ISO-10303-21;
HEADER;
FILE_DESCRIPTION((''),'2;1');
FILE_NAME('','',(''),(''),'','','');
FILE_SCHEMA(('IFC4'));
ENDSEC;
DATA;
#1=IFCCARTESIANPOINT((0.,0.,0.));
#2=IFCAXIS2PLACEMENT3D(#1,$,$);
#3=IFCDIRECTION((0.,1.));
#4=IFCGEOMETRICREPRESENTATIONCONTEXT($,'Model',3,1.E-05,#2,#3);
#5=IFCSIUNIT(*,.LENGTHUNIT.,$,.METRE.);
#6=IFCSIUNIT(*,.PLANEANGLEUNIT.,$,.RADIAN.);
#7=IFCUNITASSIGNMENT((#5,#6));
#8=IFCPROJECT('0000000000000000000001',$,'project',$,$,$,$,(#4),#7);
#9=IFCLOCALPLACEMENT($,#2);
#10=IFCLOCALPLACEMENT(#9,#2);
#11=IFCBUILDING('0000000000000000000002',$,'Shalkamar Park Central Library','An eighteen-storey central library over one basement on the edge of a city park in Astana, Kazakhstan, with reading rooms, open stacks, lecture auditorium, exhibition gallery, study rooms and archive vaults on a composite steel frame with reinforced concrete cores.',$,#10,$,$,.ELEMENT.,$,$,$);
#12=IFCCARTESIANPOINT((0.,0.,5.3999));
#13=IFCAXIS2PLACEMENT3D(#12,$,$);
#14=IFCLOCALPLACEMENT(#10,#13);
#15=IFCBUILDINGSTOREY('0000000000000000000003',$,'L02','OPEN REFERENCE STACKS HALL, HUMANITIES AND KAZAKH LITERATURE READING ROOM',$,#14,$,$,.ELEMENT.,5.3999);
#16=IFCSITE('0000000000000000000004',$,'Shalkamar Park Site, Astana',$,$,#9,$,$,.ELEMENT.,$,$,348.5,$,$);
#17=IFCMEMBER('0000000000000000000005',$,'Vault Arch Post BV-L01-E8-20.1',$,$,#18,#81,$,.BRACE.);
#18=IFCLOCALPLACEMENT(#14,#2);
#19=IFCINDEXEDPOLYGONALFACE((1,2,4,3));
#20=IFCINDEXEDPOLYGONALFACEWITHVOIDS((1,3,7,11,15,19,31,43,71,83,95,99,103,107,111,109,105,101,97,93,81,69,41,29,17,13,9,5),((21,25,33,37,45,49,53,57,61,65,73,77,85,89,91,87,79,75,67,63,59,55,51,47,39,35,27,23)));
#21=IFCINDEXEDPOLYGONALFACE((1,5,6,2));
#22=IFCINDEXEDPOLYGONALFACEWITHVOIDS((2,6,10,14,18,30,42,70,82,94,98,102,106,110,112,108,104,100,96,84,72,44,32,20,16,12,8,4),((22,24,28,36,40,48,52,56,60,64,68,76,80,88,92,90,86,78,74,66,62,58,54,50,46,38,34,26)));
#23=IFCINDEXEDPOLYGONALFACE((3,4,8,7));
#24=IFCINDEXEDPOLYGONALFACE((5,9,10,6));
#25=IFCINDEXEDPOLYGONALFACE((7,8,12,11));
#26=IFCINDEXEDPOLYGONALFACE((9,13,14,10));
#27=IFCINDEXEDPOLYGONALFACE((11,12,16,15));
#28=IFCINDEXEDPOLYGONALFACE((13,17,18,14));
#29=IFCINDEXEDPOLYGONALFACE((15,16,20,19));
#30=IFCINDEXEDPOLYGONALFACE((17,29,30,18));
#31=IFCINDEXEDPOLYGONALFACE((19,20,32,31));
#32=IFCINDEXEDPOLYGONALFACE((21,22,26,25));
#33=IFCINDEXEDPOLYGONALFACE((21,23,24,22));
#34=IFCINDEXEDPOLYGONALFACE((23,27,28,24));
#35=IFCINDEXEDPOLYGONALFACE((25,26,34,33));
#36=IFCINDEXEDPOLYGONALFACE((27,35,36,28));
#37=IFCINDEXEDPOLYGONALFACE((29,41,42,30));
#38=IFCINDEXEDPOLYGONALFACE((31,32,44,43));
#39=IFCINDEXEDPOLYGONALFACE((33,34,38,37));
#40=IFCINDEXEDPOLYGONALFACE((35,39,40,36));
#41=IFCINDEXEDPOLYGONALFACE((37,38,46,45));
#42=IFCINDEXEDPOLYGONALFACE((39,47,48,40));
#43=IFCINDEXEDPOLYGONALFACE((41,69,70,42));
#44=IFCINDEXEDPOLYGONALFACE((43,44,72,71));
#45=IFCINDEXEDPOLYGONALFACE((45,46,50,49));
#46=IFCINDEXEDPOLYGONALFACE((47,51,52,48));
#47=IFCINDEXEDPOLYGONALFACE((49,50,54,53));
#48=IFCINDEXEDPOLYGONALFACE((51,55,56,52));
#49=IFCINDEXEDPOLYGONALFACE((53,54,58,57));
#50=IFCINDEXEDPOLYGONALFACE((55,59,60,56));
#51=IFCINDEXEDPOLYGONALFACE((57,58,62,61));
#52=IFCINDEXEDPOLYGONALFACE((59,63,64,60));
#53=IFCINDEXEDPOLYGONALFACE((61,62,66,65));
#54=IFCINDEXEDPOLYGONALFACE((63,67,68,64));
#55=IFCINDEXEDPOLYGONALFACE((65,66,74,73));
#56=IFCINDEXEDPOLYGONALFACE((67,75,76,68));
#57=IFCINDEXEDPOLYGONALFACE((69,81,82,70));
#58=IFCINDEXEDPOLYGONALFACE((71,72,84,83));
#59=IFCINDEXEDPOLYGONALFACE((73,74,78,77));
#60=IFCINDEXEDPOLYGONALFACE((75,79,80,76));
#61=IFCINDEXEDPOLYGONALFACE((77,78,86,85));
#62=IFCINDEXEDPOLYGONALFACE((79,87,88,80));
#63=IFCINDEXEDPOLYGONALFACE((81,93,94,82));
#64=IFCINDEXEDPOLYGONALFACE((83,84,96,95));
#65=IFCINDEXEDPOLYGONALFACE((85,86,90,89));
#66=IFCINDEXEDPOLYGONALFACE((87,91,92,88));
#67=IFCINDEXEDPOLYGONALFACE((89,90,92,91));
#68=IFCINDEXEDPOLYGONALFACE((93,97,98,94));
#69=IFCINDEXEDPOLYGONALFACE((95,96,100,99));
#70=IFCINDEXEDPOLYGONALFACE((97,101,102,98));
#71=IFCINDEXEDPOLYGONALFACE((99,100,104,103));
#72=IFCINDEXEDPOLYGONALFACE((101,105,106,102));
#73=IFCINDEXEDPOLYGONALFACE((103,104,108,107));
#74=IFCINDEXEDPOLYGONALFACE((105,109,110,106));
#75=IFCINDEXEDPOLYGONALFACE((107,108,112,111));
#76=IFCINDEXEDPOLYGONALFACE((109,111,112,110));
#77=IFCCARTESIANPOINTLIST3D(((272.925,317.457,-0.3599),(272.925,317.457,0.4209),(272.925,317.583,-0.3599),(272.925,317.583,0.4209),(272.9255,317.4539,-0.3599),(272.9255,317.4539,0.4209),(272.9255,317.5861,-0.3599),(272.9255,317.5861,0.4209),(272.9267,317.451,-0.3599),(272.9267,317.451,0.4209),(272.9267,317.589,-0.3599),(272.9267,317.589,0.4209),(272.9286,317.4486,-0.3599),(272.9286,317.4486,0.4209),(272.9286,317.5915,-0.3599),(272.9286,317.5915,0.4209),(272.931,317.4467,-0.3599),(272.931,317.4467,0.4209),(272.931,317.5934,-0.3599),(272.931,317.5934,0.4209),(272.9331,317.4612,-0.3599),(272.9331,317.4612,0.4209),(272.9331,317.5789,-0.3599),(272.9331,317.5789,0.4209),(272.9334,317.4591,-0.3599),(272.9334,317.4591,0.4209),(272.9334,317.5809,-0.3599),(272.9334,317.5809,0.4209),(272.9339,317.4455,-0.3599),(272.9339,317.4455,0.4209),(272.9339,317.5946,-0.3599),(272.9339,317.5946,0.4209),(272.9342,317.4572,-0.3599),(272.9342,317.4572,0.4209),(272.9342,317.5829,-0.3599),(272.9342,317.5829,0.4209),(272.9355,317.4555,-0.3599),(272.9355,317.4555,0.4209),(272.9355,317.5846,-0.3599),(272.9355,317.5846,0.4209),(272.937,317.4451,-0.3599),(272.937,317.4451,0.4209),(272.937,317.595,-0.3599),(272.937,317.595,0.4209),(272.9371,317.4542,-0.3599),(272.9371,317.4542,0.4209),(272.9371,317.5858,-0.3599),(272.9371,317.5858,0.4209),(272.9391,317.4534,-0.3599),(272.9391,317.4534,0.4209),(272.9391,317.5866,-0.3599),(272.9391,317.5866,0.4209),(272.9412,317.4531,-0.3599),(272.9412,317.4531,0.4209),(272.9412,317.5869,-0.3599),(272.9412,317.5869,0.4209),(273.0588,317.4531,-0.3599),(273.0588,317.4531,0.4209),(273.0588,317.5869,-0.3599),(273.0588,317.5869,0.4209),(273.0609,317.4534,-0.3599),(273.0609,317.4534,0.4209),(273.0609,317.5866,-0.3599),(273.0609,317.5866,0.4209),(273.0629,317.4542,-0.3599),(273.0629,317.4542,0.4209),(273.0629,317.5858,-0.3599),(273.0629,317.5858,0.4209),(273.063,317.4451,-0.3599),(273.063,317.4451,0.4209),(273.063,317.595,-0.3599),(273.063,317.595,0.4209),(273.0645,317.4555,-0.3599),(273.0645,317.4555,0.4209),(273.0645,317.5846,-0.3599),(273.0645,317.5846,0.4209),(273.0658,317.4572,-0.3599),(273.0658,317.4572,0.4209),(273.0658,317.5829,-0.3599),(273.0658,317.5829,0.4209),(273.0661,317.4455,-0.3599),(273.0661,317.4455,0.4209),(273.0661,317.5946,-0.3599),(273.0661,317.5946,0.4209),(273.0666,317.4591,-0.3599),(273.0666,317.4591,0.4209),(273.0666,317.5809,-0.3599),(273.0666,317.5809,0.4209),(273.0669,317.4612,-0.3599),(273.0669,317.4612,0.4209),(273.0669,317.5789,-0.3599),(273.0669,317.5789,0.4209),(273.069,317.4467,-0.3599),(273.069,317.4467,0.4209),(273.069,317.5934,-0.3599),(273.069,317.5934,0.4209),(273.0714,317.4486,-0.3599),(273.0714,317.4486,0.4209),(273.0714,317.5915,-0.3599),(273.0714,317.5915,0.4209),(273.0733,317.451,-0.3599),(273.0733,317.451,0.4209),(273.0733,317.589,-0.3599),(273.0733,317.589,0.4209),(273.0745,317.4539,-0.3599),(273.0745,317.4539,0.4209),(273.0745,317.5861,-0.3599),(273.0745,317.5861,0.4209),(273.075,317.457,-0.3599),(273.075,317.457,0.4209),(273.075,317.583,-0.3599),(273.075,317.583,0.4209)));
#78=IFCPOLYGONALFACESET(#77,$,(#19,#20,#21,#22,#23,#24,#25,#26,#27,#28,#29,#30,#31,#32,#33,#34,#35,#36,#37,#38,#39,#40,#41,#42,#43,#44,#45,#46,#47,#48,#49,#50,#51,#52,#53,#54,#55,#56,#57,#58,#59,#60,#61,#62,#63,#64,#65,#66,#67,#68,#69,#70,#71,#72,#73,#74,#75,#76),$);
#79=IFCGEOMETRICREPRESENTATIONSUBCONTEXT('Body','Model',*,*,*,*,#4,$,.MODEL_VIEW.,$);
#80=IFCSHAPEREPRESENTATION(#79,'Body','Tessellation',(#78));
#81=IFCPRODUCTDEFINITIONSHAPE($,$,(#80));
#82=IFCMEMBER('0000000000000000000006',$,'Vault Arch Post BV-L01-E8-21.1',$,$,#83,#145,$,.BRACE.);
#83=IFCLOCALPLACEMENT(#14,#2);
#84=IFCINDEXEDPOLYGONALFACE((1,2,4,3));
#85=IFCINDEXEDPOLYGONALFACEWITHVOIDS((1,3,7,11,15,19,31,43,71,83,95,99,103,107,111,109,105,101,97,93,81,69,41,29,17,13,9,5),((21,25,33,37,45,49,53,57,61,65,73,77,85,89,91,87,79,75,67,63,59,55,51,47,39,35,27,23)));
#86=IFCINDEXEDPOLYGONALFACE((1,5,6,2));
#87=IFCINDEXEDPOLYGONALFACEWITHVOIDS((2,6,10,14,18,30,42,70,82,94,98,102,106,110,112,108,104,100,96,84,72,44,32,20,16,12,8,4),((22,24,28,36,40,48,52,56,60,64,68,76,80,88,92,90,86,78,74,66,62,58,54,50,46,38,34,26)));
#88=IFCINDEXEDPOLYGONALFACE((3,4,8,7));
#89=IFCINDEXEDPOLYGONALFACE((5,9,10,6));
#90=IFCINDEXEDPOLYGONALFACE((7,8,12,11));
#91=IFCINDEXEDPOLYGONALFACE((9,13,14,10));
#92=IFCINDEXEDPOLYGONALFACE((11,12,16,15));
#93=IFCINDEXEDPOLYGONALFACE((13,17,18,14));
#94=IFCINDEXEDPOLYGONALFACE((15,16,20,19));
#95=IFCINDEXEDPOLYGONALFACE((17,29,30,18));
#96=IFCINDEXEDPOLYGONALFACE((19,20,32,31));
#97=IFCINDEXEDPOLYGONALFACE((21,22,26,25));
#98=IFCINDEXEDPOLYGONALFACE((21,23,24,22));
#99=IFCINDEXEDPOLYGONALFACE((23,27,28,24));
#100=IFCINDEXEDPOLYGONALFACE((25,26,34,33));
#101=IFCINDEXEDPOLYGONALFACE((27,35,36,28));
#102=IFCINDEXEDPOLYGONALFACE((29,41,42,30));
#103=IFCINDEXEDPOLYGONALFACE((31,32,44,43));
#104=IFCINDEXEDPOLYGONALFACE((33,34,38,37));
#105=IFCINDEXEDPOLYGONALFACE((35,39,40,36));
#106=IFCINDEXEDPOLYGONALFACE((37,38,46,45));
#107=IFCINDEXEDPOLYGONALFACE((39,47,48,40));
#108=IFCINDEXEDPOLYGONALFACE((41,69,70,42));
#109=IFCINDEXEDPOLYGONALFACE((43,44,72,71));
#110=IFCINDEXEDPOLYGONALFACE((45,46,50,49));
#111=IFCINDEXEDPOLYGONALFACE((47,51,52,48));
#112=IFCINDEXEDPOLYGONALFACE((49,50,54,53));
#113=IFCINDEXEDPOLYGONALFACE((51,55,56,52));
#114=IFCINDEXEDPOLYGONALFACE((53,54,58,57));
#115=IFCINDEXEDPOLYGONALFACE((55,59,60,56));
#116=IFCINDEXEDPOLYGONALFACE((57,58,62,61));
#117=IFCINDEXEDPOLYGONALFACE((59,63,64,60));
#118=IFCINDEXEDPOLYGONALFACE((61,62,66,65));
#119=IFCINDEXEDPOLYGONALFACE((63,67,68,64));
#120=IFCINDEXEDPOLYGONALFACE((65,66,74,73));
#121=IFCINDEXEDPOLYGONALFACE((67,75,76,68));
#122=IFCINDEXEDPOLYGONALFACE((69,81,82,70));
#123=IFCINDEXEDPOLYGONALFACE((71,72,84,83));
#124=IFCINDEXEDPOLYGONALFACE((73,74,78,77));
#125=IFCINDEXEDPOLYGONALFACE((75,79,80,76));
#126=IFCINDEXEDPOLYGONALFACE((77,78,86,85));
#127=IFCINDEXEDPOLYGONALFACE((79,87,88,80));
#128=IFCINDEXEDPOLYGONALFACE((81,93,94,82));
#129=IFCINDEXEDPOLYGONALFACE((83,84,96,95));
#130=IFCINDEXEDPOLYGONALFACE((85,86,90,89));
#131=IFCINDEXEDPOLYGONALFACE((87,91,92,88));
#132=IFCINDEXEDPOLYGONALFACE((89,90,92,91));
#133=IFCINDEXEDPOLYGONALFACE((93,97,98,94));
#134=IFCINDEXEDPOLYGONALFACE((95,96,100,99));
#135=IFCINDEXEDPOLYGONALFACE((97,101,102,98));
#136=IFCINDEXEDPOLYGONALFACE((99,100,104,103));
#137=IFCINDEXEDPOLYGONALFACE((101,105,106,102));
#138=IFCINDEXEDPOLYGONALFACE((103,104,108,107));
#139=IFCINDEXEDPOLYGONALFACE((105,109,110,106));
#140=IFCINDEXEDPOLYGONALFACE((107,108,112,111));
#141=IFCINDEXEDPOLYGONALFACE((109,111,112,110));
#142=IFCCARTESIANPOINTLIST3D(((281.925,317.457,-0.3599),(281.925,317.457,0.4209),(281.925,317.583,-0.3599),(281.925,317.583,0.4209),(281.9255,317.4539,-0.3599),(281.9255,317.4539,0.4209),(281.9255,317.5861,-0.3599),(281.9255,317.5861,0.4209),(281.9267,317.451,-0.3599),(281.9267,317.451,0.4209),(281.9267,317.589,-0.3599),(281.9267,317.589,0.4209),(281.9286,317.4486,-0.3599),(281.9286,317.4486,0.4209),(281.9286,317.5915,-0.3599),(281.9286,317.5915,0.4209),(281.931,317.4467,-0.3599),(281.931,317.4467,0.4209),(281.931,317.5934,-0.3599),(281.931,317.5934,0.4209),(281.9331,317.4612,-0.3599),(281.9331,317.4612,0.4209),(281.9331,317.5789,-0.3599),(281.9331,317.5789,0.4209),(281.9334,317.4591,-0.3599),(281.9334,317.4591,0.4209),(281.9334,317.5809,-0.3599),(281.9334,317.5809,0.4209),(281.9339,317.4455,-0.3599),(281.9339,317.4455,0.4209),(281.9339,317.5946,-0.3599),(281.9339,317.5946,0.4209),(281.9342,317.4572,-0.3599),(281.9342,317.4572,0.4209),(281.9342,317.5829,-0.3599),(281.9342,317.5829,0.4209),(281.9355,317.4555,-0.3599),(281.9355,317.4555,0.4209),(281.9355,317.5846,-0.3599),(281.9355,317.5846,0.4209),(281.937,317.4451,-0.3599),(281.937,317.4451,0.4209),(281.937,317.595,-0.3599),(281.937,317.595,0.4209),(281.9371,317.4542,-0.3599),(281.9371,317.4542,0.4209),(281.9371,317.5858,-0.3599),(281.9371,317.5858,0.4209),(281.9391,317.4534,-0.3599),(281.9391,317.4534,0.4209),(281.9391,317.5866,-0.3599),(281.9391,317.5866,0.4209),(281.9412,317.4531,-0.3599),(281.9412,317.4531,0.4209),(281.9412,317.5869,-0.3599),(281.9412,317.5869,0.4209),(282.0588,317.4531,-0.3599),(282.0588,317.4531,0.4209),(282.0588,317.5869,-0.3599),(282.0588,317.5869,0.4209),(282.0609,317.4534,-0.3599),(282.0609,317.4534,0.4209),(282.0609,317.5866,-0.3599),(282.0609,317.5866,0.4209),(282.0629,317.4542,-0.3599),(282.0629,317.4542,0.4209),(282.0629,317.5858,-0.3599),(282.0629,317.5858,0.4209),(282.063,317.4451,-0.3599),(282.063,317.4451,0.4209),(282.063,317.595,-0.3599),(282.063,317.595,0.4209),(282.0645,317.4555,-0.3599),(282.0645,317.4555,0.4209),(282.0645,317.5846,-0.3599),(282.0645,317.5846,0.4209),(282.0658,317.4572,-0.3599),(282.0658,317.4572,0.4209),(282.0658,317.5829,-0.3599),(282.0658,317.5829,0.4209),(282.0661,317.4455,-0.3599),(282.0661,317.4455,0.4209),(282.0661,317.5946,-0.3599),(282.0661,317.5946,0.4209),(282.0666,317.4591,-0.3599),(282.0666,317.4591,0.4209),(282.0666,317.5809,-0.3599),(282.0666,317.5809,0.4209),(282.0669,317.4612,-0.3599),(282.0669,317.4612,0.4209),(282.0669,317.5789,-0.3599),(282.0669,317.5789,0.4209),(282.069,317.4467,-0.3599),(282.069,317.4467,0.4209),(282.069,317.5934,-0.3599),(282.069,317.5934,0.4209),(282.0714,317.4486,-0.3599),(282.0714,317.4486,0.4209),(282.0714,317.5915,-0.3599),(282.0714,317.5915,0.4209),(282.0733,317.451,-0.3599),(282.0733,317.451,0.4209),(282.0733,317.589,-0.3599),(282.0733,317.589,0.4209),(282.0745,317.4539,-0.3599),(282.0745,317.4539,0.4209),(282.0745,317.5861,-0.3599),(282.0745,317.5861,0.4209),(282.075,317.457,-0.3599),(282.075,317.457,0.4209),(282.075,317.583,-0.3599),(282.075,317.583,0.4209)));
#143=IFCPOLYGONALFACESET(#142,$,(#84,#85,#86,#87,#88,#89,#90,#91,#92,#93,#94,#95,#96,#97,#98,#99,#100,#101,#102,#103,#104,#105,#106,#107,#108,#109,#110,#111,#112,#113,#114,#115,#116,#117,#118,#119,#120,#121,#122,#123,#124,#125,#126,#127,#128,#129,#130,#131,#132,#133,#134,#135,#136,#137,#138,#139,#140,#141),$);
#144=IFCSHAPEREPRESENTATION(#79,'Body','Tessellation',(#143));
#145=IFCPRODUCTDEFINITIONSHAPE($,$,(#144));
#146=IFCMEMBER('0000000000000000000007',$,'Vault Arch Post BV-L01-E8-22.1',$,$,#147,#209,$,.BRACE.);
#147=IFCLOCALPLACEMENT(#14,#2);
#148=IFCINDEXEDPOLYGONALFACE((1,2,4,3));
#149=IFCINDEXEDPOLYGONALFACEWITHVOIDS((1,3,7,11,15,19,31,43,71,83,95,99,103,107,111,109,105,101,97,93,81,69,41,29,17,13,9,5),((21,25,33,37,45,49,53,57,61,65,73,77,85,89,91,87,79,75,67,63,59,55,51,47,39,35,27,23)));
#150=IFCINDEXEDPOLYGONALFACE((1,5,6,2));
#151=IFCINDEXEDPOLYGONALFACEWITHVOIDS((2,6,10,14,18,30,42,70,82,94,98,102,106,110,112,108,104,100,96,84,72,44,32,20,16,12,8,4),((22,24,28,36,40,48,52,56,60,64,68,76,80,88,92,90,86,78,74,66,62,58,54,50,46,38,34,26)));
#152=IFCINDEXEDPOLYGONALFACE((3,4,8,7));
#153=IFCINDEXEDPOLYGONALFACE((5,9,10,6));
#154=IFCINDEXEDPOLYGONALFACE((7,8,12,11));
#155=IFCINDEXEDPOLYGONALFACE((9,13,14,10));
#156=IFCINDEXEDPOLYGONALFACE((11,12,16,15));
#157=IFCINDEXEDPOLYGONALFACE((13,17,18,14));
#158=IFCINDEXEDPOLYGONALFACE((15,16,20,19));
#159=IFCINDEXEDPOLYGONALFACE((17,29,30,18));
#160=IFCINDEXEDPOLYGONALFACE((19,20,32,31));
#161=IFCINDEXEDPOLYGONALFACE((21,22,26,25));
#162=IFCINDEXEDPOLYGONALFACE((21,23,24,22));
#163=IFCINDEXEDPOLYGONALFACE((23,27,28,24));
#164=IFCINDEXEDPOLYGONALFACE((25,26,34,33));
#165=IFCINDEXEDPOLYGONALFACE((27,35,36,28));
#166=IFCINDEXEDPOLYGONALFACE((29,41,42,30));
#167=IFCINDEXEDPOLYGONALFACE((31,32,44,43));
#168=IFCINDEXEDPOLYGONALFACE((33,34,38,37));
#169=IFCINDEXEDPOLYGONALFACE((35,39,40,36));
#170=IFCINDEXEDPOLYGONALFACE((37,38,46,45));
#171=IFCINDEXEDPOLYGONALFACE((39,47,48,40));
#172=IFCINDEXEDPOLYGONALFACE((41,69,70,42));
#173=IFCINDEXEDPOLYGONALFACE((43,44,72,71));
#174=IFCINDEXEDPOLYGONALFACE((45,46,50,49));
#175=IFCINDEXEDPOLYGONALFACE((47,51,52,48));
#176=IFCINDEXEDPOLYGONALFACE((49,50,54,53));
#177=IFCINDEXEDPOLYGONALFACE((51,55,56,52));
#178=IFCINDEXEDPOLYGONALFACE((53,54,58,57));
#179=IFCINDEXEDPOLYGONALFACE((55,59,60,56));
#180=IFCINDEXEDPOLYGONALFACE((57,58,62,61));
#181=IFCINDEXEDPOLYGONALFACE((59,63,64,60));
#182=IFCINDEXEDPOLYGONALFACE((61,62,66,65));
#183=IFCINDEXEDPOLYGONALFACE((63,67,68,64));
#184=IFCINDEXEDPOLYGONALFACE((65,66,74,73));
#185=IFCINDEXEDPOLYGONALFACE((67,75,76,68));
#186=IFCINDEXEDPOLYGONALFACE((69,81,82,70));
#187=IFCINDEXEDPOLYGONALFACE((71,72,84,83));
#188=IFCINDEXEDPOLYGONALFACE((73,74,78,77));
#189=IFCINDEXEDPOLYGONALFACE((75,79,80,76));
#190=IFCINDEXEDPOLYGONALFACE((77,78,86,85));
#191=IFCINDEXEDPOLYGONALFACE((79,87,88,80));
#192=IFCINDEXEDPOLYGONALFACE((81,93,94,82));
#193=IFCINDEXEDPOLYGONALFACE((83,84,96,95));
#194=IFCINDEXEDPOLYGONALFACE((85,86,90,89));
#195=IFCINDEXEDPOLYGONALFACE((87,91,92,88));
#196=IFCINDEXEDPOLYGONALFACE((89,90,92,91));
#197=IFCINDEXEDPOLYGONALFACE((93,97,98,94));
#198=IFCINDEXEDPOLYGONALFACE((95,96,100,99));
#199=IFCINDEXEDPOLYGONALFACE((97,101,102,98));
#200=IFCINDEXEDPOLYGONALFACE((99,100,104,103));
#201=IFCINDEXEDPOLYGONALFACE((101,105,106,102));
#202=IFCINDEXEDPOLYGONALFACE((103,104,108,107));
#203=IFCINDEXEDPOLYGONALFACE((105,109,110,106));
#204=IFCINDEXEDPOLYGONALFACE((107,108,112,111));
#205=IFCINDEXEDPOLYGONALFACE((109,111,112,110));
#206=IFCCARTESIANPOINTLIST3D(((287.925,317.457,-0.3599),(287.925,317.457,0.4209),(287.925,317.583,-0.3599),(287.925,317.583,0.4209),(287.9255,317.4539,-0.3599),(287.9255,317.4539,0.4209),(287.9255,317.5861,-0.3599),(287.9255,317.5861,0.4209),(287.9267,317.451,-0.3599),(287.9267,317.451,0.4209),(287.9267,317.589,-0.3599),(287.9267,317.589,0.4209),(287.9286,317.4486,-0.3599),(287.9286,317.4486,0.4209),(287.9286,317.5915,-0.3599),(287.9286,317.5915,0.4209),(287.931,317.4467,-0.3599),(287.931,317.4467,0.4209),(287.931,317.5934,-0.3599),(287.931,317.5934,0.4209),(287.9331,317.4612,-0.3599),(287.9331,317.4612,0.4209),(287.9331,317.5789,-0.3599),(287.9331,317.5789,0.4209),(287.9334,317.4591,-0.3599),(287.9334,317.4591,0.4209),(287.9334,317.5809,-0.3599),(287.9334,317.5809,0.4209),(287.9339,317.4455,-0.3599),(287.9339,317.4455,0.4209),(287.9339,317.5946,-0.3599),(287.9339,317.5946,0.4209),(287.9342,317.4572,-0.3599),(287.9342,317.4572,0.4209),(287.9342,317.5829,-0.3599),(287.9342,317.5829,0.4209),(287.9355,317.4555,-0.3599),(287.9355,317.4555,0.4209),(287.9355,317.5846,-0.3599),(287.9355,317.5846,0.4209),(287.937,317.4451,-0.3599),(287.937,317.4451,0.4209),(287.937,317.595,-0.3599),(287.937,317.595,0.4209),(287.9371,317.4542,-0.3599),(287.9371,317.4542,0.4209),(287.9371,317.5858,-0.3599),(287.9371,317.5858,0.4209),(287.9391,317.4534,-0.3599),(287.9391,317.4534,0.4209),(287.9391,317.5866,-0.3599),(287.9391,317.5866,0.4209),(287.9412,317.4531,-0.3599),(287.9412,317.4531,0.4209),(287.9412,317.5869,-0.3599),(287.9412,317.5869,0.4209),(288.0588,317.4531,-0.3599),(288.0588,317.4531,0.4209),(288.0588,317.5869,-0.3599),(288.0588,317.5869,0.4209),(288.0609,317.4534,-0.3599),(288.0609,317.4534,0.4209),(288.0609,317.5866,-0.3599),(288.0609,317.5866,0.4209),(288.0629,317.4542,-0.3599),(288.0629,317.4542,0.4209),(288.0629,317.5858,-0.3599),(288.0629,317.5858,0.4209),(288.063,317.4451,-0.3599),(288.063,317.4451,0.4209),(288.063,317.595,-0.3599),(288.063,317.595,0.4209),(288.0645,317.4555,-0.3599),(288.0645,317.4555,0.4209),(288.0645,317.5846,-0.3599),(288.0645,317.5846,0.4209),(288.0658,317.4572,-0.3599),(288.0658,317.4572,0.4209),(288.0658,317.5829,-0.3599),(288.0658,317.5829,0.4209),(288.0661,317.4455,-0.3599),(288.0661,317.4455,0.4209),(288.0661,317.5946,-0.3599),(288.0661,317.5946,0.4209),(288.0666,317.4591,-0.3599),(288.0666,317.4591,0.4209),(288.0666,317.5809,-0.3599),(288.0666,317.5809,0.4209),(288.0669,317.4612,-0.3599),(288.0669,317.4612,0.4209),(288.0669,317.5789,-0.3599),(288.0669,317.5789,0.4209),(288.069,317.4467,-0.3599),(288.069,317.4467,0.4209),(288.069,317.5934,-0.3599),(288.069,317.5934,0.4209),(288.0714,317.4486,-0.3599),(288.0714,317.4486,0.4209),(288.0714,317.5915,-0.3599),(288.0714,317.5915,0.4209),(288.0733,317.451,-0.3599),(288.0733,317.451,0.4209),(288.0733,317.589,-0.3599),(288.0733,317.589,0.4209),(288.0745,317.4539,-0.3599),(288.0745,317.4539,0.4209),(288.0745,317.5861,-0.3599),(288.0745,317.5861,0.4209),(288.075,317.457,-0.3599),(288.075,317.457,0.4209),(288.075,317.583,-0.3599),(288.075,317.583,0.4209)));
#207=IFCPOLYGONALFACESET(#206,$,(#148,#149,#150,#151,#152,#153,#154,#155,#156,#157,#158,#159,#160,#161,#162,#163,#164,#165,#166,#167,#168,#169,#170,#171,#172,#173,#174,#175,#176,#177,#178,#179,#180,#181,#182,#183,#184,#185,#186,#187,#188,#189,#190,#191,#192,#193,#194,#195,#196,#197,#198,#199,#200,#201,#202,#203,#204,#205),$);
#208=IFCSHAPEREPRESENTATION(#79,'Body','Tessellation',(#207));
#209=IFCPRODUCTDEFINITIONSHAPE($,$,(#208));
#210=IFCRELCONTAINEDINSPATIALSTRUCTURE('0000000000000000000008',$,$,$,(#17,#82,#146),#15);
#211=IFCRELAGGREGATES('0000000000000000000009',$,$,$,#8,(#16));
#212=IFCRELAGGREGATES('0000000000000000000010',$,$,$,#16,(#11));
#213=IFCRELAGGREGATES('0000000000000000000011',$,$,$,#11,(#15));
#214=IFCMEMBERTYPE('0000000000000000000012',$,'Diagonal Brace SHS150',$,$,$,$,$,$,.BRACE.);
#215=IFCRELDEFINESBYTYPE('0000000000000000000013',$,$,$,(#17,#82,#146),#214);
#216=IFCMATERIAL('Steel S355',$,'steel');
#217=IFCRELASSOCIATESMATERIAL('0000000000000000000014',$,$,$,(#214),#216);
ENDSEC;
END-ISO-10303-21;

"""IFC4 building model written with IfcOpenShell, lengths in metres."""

from ifc_helpers import new_model, si_unit, direction, frame, origin, origin_2d, place, context, subcontext, project, spatial, hollow_rectangle, extrude, material, material_profile, profile_set, type_object, element, save


model = new_model("IFC4")

# Units and contexts
model_context = context("Model", 3, precision=1e-05, world=origin(), true_north=direction((0.0, 1.0)))
body_context = subcontext(model_context, "Body", "Model", "MODEL_VIEW")
ifc_project = project(units=[si_unit("LENGTHUNIT", "METRE"), si_unit("PLANEANGLEUNIT", "RADIAN")], contexts=[model_context])

# Site, building, storey
site_placement = place(None, origin())
site = spatial("IfcSite", under=ifc_project, at=site_placement, Name="Shalkamar Park Site, Astana", CompositionType="ELEMENT", RefElevation=348.5)
building_placement = place(site_placement, origin())
building = spatial("IfcBuilding", under=site, at=building_placement, Name="Shalkamar Park Central Library", Description="An eighteen-storey central library over one basement on the edge of a city park in Astana, Kazakhstan, with reading rooms, open stacks, lecture auditorium, exhibition gallery, study rooms and archive vaults on a composite steel frame with reinforced concrete cores.", CompositionType="ELEMENT")
storey_placement = place(building_placement, frame((0.0, 0.0, 5.3999)))
storey = spatial("IfcBuildingStorey", under=building, at=storey_placement, Name="L02", Description="OPEN REFERENCE STACKS HALL, HUMANITIES AND KAZAKH LITERATURE READING ROOM", CompositionType="ELEMENT", Elevation=5.3999)

# Shared definitions
ifc_material_1 = material(Name="Steel S355", Category="steel")

# Members
ifc_material_profile_1 = material_profile(ifc_material_1, hollow_rectangle(XDim=0.1499, YDim=0.1499, WallThickness=0.0081, InnerFilletRadius=0.0081, OuterFilletRadius=0.012, at=origin_2d()), Name="SHS 150x150x8")
ifc_profile_set_1 = profile_set([ifc_material_profile_1], Name="Steel S355")
member_type_1 = type_object("IfcMemberType", Name="Diagonal Brace SHS150", PredefinedType="BRACE", material=ifc_profile_set_1)
for number, where, z_axis, x_axis, name in (
    (1, (273.0, 317.52, -0.3599), (0.0, 0.0, 1.0), (1.0, 0.0, 0.0), "Vault Arch Post BV-L01-E8-20.1"),
    (2, (282.0, 317.52, -0.3599), (0.0, 0.0, 1.0), (1.0, 0.0, 0.0), "Vault Arch Post BV-L01-E8-21.1"),
    (3, (288.0, 317.52, -0.3599), (0.0, 0.0, 1.0), (1.0, 0.0, 0.0), "Vault Arch Post BV-L01-E8-22.1"),
):
    element("IfcMember", number, at=place(storey_placement, frame(where, z_axis=z_axis, x_axis=x_axis)), inside=storey, type_object=member_type_1, Name=name, PredefinedType="BRACE", context=body_context, shape_type="SweptSolid", body=[
        extrude(hollow_rectangle(XDim=0.1499, YDim=0.1499, WallThickness=0.0081, InnerFilletRadius=0.0081, OuterFilletRadius=0.012, at=origin_2d()), origin(), (0.0, 0.0, 1.0), 0.7808),
    ])

save(model, "model.ifc")
